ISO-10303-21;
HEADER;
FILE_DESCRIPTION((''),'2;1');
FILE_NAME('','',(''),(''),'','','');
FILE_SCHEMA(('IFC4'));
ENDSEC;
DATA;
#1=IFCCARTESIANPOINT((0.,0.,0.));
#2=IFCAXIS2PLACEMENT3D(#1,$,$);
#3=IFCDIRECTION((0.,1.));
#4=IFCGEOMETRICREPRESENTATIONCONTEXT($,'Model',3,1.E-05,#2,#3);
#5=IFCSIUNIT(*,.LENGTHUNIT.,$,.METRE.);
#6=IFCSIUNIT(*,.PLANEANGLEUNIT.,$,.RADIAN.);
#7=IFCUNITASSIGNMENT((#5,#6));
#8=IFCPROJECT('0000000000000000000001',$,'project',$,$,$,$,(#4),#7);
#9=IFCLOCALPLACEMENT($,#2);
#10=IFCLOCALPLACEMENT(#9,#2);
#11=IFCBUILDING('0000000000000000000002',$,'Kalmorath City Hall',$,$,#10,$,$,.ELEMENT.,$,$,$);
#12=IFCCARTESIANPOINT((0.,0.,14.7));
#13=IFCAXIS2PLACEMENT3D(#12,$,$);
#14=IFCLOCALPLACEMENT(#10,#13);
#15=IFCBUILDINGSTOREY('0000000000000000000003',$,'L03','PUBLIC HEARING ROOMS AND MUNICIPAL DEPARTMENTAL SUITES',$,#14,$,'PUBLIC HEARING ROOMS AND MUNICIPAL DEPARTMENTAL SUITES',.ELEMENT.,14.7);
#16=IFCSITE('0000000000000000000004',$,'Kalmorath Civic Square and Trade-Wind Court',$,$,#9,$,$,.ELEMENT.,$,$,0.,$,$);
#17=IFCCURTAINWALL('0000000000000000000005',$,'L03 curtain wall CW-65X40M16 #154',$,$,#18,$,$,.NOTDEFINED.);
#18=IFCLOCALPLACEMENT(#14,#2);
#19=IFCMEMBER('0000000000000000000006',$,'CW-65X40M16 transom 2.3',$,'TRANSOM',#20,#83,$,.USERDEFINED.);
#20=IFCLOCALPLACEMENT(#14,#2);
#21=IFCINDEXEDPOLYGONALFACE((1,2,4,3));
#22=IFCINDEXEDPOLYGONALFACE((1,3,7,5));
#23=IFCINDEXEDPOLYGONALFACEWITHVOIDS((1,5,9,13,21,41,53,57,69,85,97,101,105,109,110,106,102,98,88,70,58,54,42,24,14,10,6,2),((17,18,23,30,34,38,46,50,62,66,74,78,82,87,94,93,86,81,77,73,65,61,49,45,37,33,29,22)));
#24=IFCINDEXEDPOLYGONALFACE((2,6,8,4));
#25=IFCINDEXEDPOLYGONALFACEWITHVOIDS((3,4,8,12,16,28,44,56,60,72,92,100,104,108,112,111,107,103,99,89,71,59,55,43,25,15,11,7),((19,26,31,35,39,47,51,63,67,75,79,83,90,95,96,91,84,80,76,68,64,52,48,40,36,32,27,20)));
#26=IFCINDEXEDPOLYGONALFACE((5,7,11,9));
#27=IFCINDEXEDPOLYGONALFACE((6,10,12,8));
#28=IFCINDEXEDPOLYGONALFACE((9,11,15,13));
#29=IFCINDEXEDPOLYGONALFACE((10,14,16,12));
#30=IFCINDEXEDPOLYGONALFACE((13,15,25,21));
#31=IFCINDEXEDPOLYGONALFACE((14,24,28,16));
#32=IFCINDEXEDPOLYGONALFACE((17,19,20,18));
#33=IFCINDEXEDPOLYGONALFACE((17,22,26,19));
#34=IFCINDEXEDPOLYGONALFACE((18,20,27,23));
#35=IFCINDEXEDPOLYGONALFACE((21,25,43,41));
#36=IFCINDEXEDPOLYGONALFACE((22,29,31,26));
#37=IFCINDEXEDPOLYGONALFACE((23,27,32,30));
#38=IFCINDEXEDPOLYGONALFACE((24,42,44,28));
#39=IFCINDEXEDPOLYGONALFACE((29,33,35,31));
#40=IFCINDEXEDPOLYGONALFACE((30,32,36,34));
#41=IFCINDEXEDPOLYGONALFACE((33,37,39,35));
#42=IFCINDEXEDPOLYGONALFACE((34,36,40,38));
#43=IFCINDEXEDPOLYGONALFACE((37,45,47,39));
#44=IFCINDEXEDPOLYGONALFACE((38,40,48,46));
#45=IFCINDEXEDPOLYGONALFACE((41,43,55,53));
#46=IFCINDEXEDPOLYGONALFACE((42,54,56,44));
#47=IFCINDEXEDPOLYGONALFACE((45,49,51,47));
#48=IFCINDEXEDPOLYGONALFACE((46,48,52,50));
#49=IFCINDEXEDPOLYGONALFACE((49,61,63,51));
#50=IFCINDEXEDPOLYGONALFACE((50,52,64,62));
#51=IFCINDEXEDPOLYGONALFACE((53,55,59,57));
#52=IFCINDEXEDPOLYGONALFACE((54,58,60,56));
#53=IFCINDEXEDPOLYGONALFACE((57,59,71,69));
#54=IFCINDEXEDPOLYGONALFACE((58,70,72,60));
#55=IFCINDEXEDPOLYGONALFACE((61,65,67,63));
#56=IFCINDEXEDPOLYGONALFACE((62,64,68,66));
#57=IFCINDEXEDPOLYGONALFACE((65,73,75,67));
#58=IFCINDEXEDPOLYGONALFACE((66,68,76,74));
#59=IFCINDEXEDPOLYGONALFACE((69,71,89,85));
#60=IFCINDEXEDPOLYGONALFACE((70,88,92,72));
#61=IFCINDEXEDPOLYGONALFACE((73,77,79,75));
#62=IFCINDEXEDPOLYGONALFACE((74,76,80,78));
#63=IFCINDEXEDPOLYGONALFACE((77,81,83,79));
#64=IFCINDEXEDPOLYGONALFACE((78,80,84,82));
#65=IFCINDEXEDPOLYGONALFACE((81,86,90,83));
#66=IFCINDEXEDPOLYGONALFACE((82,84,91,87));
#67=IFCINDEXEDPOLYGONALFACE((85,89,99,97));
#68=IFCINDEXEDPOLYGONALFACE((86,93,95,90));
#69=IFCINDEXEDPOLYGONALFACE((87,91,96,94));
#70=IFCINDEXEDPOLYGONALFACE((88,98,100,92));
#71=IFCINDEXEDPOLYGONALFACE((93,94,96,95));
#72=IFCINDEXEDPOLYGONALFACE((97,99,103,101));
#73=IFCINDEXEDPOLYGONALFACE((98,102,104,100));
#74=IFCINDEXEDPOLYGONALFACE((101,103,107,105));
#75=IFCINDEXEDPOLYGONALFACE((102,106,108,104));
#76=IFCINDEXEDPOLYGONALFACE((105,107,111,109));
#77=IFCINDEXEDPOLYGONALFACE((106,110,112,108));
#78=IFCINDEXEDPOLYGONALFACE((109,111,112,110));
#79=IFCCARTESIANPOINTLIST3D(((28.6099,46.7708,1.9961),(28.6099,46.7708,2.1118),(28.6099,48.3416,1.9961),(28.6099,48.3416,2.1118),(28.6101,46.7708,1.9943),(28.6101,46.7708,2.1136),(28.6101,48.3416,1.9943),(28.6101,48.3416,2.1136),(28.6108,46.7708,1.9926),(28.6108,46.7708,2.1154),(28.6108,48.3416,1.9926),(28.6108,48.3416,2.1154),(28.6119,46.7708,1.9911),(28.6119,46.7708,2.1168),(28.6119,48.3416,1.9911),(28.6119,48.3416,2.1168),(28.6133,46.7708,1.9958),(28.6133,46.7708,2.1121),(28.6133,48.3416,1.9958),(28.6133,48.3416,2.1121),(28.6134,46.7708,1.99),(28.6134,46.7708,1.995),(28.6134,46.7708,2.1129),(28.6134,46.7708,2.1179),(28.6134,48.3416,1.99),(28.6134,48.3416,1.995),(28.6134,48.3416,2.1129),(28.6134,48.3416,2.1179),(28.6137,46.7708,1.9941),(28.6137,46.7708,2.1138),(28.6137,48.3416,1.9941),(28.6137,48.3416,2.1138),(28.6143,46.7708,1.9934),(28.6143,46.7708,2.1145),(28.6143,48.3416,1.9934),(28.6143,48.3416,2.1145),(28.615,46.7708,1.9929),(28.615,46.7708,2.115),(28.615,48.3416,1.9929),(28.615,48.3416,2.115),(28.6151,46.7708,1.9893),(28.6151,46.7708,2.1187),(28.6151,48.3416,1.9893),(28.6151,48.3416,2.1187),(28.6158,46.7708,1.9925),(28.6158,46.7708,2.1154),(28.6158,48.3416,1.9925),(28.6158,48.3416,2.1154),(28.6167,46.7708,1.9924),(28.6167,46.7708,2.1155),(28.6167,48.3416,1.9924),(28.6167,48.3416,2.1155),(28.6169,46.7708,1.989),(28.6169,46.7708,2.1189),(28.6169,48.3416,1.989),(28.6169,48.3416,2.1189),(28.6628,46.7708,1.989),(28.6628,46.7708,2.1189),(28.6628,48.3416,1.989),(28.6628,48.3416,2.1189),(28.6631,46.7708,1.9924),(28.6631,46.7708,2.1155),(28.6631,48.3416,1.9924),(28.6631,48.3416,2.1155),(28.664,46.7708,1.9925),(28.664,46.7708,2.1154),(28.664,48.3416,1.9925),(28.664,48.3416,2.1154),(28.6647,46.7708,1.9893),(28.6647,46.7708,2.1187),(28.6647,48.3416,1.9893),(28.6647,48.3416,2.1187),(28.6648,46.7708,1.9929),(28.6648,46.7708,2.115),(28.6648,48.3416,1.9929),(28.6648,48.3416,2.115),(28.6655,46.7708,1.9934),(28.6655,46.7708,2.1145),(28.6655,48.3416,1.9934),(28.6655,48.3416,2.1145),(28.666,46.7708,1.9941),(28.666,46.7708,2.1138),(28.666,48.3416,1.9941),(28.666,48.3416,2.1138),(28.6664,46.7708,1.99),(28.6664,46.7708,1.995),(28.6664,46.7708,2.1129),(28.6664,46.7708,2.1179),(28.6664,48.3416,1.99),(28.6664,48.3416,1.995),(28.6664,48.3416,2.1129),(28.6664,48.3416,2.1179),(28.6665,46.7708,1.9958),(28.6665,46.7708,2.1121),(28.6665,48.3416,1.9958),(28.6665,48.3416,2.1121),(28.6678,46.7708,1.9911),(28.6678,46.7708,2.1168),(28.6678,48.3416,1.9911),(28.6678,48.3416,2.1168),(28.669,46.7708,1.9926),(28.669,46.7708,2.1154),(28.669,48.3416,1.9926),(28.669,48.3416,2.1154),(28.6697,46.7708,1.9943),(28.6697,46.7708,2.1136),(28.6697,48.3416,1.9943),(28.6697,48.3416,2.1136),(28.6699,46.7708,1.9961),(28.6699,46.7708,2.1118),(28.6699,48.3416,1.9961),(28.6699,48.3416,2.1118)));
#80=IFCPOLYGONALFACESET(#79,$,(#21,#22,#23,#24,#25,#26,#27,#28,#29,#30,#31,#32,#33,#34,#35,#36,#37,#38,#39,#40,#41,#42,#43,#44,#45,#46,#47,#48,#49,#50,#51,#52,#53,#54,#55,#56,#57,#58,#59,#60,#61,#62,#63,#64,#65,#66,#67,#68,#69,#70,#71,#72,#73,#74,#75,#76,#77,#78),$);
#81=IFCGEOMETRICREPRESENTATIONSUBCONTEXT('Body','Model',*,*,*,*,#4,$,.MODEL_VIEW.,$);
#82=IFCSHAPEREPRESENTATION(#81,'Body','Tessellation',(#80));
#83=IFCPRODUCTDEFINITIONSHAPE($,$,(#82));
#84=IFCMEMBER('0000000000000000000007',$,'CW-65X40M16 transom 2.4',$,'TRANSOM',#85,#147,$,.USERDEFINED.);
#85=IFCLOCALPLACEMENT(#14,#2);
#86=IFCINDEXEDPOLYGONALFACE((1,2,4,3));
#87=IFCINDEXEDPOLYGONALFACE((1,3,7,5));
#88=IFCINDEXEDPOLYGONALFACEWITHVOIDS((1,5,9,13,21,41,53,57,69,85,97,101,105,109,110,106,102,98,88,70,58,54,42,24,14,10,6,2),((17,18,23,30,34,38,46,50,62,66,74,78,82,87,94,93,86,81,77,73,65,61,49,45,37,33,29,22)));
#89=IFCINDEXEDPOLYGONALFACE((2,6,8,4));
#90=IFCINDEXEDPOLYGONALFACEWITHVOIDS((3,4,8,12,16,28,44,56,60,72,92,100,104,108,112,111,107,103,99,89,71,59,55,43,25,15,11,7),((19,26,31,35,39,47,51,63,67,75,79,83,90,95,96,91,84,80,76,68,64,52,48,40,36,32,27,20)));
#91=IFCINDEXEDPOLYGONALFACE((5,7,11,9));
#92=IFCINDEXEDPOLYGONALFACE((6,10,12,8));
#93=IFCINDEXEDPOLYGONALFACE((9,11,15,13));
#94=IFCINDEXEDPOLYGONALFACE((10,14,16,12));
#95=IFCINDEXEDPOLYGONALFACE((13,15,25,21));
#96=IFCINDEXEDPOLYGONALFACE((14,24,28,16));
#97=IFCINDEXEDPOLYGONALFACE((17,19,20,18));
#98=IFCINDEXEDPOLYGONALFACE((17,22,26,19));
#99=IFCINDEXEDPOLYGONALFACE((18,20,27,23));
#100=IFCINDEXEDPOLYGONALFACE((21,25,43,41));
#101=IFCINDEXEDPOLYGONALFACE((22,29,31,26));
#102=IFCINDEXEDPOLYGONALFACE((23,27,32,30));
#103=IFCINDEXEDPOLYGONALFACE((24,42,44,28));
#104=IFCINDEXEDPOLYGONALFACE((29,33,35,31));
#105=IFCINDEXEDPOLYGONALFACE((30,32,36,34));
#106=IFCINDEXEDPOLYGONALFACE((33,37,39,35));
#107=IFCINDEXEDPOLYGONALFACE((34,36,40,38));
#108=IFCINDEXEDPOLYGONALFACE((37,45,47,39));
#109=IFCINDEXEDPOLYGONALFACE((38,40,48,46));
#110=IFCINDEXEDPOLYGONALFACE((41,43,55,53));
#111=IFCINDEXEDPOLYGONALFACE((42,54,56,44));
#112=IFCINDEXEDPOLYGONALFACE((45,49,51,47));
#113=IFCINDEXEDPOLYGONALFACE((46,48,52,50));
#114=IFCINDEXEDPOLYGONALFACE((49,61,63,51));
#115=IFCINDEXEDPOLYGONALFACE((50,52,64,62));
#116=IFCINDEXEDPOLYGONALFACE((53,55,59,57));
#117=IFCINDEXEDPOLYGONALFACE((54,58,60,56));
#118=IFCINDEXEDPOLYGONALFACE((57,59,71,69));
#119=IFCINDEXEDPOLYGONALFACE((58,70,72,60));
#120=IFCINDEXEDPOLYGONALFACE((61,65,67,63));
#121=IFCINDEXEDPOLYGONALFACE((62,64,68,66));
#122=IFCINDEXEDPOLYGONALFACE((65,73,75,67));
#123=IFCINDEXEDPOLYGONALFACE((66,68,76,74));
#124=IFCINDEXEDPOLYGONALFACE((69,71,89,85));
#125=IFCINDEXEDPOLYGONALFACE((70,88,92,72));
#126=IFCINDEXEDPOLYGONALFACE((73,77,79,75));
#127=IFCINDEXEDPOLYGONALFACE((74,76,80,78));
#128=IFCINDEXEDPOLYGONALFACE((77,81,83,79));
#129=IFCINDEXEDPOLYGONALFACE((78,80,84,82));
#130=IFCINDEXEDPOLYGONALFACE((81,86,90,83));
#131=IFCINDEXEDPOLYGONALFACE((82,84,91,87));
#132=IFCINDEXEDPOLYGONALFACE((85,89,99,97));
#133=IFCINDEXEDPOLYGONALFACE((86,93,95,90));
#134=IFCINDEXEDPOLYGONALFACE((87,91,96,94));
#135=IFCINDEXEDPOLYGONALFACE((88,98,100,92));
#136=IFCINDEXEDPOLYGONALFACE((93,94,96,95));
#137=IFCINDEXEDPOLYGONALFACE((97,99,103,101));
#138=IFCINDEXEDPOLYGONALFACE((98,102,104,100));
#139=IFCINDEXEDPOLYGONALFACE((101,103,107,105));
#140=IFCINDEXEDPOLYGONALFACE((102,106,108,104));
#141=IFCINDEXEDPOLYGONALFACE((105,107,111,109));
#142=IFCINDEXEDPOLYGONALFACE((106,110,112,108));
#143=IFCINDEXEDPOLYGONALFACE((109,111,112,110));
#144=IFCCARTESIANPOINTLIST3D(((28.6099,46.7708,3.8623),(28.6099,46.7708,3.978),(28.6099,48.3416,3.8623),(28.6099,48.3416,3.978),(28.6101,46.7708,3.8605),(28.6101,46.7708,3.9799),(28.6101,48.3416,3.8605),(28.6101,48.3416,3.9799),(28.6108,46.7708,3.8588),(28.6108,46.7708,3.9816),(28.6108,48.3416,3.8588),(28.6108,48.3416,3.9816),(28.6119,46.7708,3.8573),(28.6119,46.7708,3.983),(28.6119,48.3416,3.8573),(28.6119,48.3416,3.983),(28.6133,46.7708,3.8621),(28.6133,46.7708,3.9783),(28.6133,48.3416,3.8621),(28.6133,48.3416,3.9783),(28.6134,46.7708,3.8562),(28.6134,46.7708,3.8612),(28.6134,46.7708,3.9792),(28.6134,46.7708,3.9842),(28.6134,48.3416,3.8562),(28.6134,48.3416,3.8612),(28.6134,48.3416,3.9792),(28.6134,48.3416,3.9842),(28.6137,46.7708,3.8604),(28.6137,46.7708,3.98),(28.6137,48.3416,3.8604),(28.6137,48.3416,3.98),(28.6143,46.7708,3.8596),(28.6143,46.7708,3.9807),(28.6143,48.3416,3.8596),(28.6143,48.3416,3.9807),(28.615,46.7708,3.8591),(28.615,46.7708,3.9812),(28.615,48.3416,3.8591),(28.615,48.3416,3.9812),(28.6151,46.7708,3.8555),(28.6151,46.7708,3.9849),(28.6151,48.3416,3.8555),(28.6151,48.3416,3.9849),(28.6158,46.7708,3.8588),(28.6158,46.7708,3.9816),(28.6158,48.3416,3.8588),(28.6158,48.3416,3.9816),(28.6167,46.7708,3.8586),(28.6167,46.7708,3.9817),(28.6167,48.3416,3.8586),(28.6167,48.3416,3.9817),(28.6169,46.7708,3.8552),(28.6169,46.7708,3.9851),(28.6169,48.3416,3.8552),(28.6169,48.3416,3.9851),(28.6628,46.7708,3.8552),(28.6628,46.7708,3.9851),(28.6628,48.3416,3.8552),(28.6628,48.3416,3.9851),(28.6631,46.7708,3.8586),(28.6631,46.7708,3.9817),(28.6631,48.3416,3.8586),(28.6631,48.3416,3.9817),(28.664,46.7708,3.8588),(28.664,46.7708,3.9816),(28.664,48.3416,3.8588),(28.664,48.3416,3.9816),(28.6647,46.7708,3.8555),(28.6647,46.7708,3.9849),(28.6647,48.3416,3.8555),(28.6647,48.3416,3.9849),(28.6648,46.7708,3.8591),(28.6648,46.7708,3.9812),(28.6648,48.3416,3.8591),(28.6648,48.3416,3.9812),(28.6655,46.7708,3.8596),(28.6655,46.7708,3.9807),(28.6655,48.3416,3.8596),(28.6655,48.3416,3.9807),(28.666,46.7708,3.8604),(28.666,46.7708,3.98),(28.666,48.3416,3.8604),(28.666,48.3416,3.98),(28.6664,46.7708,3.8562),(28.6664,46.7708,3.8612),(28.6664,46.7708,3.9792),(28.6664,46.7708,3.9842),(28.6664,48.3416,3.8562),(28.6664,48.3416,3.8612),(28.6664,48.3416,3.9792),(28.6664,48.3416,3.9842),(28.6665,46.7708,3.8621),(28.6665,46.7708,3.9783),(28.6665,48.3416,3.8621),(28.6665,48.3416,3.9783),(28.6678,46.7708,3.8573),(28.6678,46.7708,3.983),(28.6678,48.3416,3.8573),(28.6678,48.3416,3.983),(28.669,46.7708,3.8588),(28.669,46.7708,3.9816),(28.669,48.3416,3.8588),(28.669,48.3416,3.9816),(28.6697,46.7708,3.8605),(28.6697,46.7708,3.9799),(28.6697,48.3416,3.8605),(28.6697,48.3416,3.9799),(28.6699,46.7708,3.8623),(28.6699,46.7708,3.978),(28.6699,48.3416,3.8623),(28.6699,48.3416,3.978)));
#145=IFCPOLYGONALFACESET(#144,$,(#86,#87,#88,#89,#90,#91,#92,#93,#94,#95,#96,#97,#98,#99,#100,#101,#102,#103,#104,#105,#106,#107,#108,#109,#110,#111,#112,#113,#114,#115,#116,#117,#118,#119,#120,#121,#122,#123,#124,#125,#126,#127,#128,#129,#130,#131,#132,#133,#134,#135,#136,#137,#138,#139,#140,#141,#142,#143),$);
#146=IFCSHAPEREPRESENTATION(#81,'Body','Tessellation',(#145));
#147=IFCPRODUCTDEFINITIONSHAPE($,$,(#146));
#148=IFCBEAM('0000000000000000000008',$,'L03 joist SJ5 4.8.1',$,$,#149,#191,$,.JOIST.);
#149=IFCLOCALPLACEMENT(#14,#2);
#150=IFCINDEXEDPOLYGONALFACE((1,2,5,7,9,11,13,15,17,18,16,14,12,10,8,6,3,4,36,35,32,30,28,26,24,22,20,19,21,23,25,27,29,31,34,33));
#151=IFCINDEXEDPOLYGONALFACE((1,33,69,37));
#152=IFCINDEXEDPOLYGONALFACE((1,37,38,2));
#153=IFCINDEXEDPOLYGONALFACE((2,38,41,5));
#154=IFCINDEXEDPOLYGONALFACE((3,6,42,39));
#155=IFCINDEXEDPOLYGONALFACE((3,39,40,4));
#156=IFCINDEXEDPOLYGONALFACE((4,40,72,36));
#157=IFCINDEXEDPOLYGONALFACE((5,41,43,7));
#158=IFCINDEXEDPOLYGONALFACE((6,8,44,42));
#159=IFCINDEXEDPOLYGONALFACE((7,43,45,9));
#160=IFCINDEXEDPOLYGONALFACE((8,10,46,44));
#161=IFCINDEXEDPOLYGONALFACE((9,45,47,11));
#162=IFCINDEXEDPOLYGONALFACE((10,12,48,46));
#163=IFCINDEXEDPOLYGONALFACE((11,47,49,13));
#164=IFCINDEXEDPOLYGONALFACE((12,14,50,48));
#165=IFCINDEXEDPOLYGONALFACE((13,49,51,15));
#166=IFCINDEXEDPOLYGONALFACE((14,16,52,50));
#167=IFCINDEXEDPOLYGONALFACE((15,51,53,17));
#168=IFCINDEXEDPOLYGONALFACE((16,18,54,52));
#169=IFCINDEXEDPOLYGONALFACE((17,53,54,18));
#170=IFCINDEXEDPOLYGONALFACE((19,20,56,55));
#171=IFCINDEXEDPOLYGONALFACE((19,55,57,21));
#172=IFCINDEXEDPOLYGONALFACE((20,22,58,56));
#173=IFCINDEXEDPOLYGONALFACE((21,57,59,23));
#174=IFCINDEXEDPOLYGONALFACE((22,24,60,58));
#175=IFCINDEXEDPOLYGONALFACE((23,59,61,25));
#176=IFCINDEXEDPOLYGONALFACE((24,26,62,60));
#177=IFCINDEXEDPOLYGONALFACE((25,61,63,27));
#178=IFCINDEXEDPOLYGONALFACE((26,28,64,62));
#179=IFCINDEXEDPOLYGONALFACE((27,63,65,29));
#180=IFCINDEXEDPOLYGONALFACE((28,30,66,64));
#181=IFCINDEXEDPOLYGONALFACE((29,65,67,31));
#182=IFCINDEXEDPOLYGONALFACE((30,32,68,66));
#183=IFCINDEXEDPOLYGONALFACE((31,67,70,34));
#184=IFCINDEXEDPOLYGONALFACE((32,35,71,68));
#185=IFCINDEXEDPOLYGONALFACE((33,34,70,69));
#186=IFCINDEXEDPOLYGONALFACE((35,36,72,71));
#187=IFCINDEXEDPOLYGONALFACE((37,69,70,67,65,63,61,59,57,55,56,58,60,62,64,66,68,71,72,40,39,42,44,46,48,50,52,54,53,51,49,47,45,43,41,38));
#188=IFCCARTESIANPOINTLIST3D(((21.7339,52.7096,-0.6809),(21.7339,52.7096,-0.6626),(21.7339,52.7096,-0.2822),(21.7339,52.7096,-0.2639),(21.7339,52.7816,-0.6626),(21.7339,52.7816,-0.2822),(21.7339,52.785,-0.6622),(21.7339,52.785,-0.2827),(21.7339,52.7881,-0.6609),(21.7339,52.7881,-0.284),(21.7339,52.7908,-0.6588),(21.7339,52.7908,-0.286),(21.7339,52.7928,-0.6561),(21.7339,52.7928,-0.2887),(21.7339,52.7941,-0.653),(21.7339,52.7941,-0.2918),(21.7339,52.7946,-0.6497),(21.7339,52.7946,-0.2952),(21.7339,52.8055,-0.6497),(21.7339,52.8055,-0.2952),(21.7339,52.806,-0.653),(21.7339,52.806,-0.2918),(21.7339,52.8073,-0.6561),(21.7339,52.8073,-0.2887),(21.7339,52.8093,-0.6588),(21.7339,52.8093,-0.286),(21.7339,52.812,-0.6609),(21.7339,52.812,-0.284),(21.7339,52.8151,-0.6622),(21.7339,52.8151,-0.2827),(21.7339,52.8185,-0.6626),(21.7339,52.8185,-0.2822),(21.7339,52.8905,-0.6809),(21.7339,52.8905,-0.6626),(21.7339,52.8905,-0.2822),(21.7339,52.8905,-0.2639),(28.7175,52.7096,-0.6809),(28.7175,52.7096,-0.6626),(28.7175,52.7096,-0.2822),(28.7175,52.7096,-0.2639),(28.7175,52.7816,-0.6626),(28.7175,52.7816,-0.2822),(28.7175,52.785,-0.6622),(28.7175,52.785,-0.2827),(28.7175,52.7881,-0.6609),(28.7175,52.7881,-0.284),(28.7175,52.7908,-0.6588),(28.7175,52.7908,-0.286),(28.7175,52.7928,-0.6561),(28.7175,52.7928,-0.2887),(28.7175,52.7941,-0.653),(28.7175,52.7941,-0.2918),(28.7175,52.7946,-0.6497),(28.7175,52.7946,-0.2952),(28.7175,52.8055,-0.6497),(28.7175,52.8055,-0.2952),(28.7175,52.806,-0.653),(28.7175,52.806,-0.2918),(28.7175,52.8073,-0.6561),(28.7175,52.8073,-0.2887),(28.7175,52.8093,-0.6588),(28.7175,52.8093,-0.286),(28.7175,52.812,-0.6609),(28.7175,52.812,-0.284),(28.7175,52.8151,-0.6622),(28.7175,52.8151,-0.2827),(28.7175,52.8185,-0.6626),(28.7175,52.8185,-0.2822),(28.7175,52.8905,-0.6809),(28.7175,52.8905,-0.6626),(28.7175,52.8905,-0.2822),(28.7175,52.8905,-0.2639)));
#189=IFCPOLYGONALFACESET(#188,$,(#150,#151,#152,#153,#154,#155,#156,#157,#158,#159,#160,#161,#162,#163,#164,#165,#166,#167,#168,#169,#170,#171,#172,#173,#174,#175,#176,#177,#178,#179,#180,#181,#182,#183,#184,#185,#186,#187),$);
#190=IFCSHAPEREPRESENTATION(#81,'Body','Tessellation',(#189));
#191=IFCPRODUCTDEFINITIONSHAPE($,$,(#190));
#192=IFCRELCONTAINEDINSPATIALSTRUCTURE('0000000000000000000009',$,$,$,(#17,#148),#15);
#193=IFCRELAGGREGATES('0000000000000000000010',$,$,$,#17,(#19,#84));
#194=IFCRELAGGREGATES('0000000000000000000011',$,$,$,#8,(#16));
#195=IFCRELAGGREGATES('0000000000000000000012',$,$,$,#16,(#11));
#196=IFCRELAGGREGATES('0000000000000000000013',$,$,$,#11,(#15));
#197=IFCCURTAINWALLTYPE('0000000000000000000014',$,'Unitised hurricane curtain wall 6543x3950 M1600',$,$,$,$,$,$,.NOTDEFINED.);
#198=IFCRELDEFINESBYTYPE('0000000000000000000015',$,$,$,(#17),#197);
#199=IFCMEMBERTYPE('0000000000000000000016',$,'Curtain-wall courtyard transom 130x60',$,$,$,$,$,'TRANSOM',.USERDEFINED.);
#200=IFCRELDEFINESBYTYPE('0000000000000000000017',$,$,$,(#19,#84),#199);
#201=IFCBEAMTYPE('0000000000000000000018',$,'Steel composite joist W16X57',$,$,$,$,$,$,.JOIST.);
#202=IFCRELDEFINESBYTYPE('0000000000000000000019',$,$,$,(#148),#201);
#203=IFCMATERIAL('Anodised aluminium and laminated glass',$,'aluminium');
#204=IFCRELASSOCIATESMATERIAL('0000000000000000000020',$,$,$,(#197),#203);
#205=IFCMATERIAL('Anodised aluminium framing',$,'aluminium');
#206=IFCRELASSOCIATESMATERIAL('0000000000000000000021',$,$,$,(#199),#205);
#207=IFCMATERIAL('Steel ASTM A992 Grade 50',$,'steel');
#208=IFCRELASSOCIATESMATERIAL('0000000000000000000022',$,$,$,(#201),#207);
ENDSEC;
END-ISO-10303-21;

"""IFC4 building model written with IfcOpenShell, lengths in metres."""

from ifc_helpers import new_model, si_unit, direction, frame, origin, origin_2d, place, context, subcontext, project, spatial, hollow_rectangle, i_section, extrude, material, material_profile, profile_set, type_object, element, aggregate, save


model = new_model("IFC4")

# Units and contexts
model_context = context("Model", 3, precision=1e-05, world=origin(), true_north=direction((0.0, 1.0)))
body_context = subcontext(model_context, "Body", "Model", "MODEL_VIEW")
ifc_project = project(units=[si_unit("LENGTHUNIT", "METRE"), si_unit("PLANEANGLEUNIT", "RADIAN")], contexts=[model_context])

# Site, building, storey
site_placement = place(None, origin())
site = spatial("IfcSite", under=ifc_project, at=site_placement, Name="Kalmorath Civic Square and Trade-Wind Court", CompositionType="ELEMENT", RefElevation=0.0)
building_placement = place(site_placement, origin())
building = spatial("IfcBuilding", under=site, at=building_placement, Name="Kalmorath City Hall", CompositionType="ELEMENT")
storey_placement = place(building_placement, frame((0.0, 0.0, 14.7)))
storey = spatial("IfcBuildingStorey", under=building, at=storey_placement, Name="L03", Description="PUBLIC HEARING ROOMS AND MUNICIPAL DEPARTMENTAL SUITES", LongName="PUBLIC HEARING ROOMS AND MUNICIPAL DEPARTMENTAL SUITES", CompositionType="ELEMENT", Elevation=14.7)

# Curtain wall, members
ifc_material_1 = material(Name="Anodised aluminium and laminated glass", Category="aluminium")
curtain_wall_type = type_object("IfcCurtainWallType", Name="Unitised hurricane curtain wall 6543x3950 M1600", PredefinedType="NOTDEFINED", material=ifc_material_1)
curtain_wall_placement = place(storey_placement, origin())
curtain_wall = element("IfcCurtainWall", 1, at=curtain_wall_placement, inside=storey, type_object=curtain_wall_type, Name="L03 curtain wall CW-65X40M16 #154", PredefinedType="NOTDEFINED")
ifc_material_2 = material(Name="Anodised aluminium framing", Category="aluminium")
ifc_material_profile_1 = material_profile(ifc_material_2, hollow_rectangle(XDim=0.0601, YDim=0.1299, WallThickness=0.0034, InnerFilletRadius=0.0034, OuterFilletRadius=0.0071, at=origin_2d()), Name="ALU-TRN-130X60X3.5")
ifc_profile_set_1 = profile_set([ifc_material_profile_1], Name="Anodised aluminium framing")
member_type_1 = type_object("IfcMemberType", Name="Curtain-wall courtyard transom 130x60", ElementType="TRANSOM", PredefinedType="USERDEFINED", material=ifc_profile_set_1)
member_1_placement = place(storey_placement, frame((28.6399, 48.3416, 2.054), z_axis=(0.0, -1.0, 0.0), x_axis=(1.0, 0.0, 0.0)))
member_1 = element("IfcMember", 2, at=member_1_placement, type_object=member_type_1, Name="CW-65X40M16 transom 2.3", ObjectType="TRANSOM", PredefinedType="USERDEFINED", context=body_context, shape_type="SweptSolid", body=[
    extrude(hollow_rectangle(XDim=0.0601, YDim=0.1299, WallThickness=0.0034, InnerFilletRadius=0.0034, OuterFilletRadius=0.0071, at=origin_2d()), origin(), (0.0, 0.0, 1.0), 1.5708),
])
member_2_placement = place(storey_placement, frame((28.6399, 48.3416, 3.9202), z_axis=(0.0, -1.0, 0.0), x_axis=(1.0, 0.0, 0.0)))
member_2 = element("IfcMember", 3, at=member_2_placement, type_object=member_type_1, Name="CW-65X40M16 transom 2.4", ObjectType="TRANSOM", PredefinedType="USERDEFINED", context=body_context, shape_type="SweptSolid", body=[
    extrude(hollow_rectangle(XDim=0.0601, YDim=0.1299, WallThickness=0.0034, InnerFilletRadius=0.0034, OuterFilletRadius=0.0071, at=origin_2d()), origin(), (0.0, 0.0, 1.0), 1.5708),
])

# Beam
ifc_material_3 = material(Name="Steel ASTM A992 Grade 50", Category="steel")
ifc_material_profile_2 = material_profile(ifc_material_3, i_section(OverallWidth=0.1809, OverallDepth=0.417, WebThickness=0.011, FlangeThickness=0.0183, FilletRadius=0.0129, at=origin_2d()), Name="W16X57")
ifc_profile_set_2 = profile_set([ifc_material_profile_2], Name="Steel ASTM A992 Grade 50")
beam_type_1 = type_object("IfcBeamType", Name="Steel composite joist W16X57", PredefinedType="JOIST", material=ifc_profile_set_2)
beam_1_placement = place(storey_placement, frame((21.7339, 52.8, -0.4724), z_axis=(1.0, 0.0, 0.0), x_axis=(0.0, 1.0, 0.0)))
element("IfcBeam", 4, at=beam_1_placement, inside=storey, type_object=beam_type_1, Name="L03 joist SJ5 4.8.1", PredefinedType="JOIST", context=body_context, shape_type="SweptSolid", body=[
    extrude(i_section(OverallWidth=0.1809, OverallDepth=0.417, WebThickness=0.011, FlangeThickness=0.0183, FilletRadius=0.0129, at=origin_2d()), origin(), (0.0, 0.0, 1.0), 6.9836),
])

aggregate(curtain_wall, [member_1, member_2])

save(model, "model.ifc")
